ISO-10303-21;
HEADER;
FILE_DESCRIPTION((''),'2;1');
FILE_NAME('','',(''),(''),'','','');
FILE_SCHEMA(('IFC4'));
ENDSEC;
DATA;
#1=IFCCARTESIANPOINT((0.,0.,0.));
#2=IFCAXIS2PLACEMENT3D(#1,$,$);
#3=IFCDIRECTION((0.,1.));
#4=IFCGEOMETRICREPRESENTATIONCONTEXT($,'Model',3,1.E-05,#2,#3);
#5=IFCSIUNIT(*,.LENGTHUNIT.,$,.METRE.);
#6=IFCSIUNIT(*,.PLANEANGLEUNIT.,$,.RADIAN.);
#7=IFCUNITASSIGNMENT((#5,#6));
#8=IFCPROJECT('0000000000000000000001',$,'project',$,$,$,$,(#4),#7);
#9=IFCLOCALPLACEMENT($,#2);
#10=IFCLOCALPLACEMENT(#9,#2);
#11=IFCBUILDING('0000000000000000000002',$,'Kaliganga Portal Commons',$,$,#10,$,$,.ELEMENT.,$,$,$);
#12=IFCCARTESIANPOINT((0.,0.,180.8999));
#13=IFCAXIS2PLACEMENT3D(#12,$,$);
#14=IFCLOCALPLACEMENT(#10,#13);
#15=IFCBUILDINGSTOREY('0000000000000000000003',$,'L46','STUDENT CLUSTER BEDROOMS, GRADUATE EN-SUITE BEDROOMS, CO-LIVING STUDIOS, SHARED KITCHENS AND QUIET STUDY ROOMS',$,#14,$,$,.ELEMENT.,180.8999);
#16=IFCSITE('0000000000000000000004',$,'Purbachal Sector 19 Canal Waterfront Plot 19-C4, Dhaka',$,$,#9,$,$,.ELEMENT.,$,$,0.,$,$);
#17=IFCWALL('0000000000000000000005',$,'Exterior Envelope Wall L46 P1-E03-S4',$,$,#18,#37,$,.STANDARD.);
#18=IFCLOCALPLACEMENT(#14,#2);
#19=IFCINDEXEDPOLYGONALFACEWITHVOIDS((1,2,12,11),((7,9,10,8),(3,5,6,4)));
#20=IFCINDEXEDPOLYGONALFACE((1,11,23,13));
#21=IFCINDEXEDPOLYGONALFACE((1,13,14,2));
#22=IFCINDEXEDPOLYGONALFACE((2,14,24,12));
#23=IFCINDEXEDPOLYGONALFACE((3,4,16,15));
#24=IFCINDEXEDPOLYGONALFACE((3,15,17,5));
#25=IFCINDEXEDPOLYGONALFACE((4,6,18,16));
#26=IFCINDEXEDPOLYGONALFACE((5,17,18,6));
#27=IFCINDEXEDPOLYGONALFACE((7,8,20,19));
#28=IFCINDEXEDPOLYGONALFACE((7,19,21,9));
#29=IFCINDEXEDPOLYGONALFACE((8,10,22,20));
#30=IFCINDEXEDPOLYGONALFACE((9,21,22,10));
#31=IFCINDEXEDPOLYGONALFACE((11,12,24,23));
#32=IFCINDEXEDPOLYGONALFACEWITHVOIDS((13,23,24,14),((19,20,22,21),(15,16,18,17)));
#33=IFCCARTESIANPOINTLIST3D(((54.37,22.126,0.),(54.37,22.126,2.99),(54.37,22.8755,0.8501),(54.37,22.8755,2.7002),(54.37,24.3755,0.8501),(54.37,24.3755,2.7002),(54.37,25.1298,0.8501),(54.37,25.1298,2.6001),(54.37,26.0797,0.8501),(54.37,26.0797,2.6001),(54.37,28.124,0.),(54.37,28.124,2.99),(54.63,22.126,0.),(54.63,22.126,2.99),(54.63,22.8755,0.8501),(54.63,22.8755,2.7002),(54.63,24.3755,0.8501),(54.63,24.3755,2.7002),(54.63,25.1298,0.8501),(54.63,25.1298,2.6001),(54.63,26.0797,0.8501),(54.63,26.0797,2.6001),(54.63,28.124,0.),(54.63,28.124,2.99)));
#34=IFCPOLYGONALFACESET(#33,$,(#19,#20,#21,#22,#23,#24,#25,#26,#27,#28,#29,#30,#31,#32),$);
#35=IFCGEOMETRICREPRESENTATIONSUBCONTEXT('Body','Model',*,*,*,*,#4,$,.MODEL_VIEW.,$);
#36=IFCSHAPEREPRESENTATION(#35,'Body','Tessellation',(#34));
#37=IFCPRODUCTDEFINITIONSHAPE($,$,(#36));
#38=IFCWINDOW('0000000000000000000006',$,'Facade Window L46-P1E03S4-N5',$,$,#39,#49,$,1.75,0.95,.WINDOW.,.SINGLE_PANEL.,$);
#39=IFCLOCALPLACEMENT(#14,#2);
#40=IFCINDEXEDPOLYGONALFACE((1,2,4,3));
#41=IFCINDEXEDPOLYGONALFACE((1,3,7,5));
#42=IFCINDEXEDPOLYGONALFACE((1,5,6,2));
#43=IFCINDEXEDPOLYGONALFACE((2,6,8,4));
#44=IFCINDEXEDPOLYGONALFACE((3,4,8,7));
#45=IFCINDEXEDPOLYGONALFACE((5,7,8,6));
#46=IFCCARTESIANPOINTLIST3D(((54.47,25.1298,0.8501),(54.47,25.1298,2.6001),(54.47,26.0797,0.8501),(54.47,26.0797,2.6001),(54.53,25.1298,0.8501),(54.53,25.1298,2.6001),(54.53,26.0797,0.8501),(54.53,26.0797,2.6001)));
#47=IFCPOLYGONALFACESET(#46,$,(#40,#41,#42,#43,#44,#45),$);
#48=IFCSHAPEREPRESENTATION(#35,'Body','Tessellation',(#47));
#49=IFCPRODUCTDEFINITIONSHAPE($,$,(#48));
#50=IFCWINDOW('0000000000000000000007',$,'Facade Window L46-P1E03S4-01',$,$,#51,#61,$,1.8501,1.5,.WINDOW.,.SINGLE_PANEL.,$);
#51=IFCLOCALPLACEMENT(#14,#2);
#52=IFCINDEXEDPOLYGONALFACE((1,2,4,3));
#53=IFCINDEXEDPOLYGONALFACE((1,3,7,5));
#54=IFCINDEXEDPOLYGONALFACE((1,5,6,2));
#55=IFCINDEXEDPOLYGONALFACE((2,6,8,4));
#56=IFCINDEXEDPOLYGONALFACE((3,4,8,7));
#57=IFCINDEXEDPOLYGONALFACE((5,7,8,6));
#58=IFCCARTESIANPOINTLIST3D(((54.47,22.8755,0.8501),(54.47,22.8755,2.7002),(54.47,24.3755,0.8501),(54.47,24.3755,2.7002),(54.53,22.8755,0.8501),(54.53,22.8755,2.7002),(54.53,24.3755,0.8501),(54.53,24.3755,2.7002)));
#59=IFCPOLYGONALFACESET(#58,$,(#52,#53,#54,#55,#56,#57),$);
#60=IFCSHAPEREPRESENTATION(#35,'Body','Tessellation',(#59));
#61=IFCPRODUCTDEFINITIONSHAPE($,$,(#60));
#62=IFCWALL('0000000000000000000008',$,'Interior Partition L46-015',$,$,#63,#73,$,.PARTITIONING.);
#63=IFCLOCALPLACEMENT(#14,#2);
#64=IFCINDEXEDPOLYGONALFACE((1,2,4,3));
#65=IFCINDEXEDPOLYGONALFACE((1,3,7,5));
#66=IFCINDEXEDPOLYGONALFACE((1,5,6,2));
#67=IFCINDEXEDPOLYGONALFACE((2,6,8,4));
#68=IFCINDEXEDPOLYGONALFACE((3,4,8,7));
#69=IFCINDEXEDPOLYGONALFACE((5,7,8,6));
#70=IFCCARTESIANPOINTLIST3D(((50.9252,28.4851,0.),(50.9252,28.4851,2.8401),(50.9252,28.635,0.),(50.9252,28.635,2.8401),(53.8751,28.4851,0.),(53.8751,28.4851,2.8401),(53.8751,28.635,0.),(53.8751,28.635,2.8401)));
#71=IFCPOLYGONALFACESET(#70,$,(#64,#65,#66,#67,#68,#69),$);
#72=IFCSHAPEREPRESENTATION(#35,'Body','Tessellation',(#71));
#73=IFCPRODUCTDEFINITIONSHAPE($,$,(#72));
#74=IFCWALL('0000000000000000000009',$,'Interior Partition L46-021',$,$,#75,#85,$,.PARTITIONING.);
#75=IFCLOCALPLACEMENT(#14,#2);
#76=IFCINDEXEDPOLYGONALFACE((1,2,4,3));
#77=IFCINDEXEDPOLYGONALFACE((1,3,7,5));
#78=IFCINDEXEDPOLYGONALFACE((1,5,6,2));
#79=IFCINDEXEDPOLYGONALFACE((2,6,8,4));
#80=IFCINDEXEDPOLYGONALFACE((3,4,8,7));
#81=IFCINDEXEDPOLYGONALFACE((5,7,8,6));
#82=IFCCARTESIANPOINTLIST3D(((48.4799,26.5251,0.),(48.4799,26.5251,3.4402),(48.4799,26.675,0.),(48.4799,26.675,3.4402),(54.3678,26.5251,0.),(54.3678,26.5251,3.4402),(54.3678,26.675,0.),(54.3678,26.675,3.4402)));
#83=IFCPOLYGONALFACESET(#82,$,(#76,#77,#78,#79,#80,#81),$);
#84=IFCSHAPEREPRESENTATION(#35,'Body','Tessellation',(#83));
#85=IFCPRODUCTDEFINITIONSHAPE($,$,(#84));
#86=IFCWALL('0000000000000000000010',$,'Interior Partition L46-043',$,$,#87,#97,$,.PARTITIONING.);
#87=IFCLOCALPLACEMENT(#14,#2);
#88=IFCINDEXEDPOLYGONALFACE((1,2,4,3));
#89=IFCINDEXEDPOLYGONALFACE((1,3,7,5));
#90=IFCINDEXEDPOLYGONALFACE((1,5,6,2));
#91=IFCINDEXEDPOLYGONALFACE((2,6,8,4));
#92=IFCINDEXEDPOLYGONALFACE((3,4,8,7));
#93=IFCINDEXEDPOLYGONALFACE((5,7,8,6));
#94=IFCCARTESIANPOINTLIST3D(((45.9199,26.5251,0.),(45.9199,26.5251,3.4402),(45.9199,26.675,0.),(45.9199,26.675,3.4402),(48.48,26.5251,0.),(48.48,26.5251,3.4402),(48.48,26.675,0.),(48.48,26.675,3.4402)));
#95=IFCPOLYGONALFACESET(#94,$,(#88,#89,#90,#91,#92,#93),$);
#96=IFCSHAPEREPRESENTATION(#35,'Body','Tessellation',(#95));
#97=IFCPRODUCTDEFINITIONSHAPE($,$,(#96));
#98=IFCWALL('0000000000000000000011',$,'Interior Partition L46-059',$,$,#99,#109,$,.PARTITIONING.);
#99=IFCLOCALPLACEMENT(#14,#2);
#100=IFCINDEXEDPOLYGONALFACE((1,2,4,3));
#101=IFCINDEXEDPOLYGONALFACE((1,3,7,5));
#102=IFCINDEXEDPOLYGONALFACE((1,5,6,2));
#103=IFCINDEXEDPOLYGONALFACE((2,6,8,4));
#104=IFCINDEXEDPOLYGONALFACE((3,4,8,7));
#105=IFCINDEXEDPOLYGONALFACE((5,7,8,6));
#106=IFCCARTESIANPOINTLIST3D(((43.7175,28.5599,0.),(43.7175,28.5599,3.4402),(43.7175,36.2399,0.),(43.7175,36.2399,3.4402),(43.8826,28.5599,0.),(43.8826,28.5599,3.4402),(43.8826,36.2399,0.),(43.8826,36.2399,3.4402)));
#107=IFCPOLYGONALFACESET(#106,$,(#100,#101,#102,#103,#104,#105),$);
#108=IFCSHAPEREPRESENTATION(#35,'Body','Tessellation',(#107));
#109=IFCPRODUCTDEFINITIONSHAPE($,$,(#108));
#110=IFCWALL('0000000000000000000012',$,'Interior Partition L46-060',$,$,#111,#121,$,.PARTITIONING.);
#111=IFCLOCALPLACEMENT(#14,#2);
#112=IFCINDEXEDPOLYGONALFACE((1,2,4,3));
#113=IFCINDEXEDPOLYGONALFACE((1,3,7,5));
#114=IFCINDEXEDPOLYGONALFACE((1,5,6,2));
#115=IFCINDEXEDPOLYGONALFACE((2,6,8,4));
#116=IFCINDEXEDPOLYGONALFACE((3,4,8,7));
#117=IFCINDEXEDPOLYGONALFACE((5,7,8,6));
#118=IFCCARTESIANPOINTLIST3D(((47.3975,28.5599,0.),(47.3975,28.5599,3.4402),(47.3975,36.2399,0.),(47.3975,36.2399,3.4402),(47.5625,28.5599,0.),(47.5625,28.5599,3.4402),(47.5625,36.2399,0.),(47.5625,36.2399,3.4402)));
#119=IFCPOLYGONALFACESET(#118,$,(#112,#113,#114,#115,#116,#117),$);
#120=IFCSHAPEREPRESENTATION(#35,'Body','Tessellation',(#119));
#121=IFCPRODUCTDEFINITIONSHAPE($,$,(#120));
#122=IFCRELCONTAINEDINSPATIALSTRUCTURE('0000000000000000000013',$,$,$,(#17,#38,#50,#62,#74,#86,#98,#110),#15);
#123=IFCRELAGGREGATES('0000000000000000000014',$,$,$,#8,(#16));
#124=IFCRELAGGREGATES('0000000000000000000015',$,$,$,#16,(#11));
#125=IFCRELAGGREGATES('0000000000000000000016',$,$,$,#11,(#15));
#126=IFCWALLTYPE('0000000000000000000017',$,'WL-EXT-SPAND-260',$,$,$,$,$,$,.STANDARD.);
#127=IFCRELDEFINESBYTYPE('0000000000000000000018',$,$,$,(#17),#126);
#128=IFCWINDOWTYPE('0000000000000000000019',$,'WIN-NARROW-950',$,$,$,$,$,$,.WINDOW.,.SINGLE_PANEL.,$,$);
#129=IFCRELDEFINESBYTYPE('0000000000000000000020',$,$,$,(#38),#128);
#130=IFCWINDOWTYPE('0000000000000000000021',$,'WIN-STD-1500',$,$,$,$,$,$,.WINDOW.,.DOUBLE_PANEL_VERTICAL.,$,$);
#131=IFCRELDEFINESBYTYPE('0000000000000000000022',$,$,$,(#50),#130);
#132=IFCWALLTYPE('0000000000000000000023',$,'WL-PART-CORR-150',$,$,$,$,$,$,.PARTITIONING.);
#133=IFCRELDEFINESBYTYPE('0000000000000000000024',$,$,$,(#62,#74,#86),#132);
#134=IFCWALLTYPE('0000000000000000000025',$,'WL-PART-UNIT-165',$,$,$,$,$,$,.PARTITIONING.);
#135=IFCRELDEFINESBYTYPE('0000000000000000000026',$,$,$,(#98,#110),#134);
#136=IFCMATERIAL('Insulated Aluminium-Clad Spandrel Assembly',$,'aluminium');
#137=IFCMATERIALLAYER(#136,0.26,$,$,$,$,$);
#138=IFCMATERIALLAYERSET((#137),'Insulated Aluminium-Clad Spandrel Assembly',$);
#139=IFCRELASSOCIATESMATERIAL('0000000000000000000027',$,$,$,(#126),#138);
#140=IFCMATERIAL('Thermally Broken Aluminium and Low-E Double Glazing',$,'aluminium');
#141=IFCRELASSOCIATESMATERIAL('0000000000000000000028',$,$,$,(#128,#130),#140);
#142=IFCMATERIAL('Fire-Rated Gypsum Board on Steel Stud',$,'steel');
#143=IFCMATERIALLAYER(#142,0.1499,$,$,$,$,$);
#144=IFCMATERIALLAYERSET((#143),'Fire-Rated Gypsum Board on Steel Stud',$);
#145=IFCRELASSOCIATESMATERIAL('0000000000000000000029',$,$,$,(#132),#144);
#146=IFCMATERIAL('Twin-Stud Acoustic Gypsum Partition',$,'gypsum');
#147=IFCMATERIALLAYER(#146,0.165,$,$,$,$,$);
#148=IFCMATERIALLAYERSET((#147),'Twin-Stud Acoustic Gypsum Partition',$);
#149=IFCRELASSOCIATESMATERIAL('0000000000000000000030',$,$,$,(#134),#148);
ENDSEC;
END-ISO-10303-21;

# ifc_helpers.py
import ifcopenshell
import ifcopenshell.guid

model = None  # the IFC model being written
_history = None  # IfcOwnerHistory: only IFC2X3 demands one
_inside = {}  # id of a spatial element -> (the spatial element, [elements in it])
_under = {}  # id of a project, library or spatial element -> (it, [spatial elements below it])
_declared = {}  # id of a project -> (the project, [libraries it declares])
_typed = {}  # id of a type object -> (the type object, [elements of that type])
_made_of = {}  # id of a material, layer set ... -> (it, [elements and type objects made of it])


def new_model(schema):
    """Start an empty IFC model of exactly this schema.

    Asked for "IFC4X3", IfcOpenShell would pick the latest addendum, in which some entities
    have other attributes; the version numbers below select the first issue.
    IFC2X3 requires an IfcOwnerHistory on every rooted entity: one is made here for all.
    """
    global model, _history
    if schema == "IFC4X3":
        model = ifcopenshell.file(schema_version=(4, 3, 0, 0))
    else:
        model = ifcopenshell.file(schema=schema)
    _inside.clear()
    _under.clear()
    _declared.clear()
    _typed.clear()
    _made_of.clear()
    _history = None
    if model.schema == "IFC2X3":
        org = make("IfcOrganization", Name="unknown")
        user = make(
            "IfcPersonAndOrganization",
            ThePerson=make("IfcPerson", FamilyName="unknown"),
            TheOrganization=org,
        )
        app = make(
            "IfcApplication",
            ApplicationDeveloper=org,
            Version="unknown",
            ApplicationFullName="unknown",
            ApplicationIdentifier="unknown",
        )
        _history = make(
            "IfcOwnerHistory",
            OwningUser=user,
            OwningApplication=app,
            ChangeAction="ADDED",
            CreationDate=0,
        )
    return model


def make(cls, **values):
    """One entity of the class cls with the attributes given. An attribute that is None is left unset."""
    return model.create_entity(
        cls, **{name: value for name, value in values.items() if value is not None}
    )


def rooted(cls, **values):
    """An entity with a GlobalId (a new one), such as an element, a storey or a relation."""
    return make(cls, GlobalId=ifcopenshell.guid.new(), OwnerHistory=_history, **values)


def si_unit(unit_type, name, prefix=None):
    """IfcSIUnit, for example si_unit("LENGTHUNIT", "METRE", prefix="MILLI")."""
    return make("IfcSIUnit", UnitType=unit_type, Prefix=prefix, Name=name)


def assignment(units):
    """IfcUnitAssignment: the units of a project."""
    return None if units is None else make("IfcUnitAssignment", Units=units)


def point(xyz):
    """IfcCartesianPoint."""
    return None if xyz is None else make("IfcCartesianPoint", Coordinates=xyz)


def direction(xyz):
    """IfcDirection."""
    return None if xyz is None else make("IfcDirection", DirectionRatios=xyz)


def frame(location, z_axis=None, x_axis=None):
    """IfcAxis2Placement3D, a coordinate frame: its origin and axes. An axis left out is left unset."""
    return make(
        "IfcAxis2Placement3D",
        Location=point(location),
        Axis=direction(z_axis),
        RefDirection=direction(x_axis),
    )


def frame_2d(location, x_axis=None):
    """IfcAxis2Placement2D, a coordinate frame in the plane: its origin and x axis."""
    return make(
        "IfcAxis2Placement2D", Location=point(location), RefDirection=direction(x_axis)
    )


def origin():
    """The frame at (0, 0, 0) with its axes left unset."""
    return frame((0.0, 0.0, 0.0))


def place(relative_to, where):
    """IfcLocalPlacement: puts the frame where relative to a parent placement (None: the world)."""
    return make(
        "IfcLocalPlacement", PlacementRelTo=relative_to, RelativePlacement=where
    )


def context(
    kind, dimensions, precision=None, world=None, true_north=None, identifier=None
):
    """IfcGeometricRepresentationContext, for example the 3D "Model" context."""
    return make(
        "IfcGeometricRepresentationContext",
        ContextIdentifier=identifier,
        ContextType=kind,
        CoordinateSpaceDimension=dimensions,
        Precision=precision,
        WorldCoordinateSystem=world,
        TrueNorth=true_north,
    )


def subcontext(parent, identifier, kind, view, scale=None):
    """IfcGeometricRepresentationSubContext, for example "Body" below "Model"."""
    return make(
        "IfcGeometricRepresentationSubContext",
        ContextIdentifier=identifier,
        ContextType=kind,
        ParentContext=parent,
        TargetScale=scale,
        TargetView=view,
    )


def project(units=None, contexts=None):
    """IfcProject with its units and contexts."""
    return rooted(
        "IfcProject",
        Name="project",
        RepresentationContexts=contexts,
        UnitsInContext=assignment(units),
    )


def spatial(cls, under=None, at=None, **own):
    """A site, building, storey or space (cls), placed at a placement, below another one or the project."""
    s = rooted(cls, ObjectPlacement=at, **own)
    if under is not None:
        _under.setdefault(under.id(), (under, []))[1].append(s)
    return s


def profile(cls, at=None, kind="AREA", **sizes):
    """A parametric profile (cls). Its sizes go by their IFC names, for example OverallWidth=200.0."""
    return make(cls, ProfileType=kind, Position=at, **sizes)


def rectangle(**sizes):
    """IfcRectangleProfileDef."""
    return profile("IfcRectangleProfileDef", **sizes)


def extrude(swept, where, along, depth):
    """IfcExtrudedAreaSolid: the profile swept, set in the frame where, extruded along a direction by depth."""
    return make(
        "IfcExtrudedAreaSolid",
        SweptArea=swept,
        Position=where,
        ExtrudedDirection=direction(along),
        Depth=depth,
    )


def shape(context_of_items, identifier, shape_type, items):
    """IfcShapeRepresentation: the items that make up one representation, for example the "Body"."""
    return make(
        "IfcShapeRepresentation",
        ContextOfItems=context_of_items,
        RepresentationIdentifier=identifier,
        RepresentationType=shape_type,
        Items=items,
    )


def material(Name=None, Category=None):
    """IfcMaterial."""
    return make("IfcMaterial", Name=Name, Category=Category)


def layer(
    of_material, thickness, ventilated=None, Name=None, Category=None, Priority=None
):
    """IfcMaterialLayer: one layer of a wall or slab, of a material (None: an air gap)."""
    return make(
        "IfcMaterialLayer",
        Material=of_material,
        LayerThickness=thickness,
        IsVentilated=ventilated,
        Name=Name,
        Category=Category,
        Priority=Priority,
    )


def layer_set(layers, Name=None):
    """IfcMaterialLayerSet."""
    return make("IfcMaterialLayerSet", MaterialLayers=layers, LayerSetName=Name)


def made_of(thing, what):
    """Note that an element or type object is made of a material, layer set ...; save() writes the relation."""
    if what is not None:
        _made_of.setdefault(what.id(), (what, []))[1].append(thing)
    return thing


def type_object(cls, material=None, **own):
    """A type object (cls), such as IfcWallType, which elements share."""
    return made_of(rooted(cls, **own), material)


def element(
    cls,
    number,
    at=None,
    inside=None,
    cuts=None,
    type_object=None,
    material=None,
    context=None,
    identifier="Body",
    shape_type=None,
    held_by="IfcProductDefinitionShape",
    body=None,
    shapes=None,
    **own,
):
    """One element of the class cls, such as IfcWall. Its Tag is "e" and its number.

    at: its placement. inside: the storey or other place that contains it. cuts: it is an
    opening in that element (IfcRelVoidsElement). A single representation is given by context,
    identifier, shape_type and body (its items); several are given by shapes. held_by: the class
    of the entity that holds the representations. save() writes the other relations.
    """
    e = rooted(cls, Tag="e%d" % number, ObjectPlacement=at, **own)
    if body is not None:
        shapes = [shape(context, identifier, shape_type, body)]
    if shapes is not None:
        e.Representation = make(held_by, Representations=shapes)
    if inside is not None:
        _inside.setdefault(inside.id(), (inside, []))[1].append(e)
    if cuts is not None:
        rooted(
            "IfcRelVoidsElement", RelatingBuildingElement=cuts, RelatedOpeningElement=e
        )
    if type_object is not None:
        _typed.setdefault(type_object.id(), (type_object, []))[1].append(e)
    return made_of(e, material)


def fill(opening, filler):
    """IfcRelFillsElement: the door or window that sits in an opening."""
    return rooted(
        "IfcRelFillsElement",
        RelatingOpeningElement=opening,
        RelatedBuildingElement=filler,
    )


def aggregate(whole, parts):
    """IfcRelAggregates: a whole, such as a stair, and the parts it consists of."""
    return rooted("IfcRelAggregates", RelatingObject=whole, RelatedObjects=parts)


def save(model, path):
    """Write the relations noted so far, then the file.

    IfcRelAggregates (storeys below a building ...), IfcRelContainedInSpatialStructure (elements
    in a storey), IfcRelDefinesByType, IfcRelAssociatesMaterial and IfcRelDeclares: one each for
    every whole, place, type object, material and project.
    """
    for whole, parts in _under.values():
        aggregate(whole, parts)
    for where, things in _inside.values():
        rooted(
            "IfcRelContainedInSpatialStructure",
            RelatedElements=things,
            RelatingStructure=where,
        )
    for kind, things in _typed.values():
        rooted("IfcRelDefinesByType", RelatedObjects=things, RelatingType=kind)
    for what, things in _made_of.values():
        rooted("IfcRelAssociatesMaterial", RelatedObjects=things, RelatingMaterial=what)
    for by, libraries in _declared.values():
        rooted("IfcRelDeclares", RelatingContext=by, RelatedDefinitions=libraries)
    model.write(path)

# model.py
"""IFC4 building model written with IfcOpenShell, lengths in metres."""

from ifc_helpers import new_model, si_unit, direction, frame, frame_2d, origin, place, context, subcontext, project, spatial, rectangle, extrude, material, layer, layer_set, type_object, element, fill, save


model = new_model("IFC4")

# Units and contexts
model_context = context("Model", 3, precision=1e-05, world=origin(), true_north=direction((0.0, 1.0)))
body_context = subcontext(model_context, "Body", "Model", "MODEL_VIEW")
ifc_project = project(units=[si_unit("LENGTHUNIT", "METRE"), si_unit("PLANEANGLEUNIT", "RADIAN")], contexts=[model_context])

# Site, building, storey
site_placement = place(None, origin())
site = spatial("IfcSite", under=ifc_project, at=site_placement, Name="Purbachal Sector 19 Canal Waterfront Plot 19-C4, Dhaka", CompositionType="ELEMENT", RefElevation=0.0)
building_placement = place(site_placement, origin())
building = spatial("IfcBuilding", under=site, at=building_placement, Name="Kaliganga Portal Commons", CompositionType="ELEMENT")
storey_placement = place(building_placement, frame((0.0, 0.0, 180.8999)))
storey = spatial("IfcBuildingStorey", under=building, at=storey_placement, Name="L46", Description="STUDENT CLUSTER BEDROOMS, GRADUATE EN-SUITE BEDROOMS, CO-LIVING STUDIOS, SHARED KITCHENS AND QUIET STUDY ROOMS", CompositionType="ELEMENT", Elevation=180.8999)

# Wall, openings, windows
ifc_material_1 = material(Name="Insulated Aluminium-Clad Spandrel Assembly", Category="aluminium")
ifc_layer_1 = layer(ifc_material_1, 0.26)
ifc_layer_set_1 = layer_set([ifc_layer_1], Name="Insulated Aluminium-Clad Spandrel Assembly")
wall_type_1 = type_object("IfcWallType", Name="WL-EXT-SPAND-260", PredefinedType="STANDARD", material=ifc_layer_set_1)
wall_1_placement = place(storey_placement, frame((54.5, 28.124, 0.0), z_axis=(0.0, 0.0, 1.0), x_axis=(0.0, -1.0, 0.0)))
wall_1 = element("IfcWall", 1, at=wall_1_placement, inside=storey, type_object=wall_type_1, Name="Exterior Envelope Wall L46 P1-E03-S4", PredefinedType="STANDARD", context=body_context, shape_type="SweptSolid", body=[
    extrude(rectangle(XDim=5.998, YDim=0.26, at=frame_2d((2.999, 0.0))), origin(), (0.0, 0.0, 1.0), 2.99),
])
opening_1_placement = place(wall_1_placement, frame((3.7485, 0.0, 0.8501)))
opening_1 = element("IfcOpeningElement", 2, at=opening_1_placement, cuts=wall_1, PredefinedType="OPENING", context=body_context, shape_type="SweptSolid", body=[
    extrude(rectangle(XDim=1.5, YDim=1.8501, at=frame_2d((0.75, 0.925))), frame((0.0, 0.1401, 0.0), z_axis=(0.0, -1.0, 0.0), x_axis=(1.0, 0.0, 0.0)), (0.0, 0.0, 1.0), 0.28),
])
opening_2_placement = place(wall_1_placement, frame((2.0442, 0.0, 0.8501)))
opening_2 = element("IfcOpeningElement", 3, at=opening_2_placement, cuts=wall_1, PredefinedType="OPENING", context=body_context, shape_type="SweptSolid", body=[
    extrude(rectangle(XDim=0.95, YDim=1.75, at=frame_2d((0.4751, 0.875))), frame((0.0, 0.1401, 0.0), z_axis=(0.0, -1.0, 0.0), x_axis=(1.0, 0.0, 0.0)), (0.0, 0.0, 1.0), 0.28),
])
ifc_material_2 = material(Name="Thermally Broken Aluminium and Low-E Double Glazing", Category="aluminium")
window_type_1 = type_object("IfcWindowType", Name="WIN-NARROW-950", PartitioningType="SINGLE_PANEL", PredefinedType="WINDOW", material=ifc_material_2)
window_1_placement = place(opening_2_placement, origin())
window_1 = element("IfcWindow", 4, at=window_1_placement, inside=storey, type_object=window_type_1, Name="Facade Window L46-P1E03S4-N5", OverallHeight=1.75, OverallWidth=0.95, PartitioningType="SINGLE_PANEL", PredefinedType="WINDOW", context=body_context, shape_type="SweptSolid", body=[
    extrude(rectangle(XDim=0.95, YDim=1.75, at=frame_2d((0.4751, 0.875))), frame((0.0, 0.03, 0.0), z_axis=(0.0, -1.0, 0.0), x_axis=(1.0, 0.0, 0.0)), (0.0, 0.0, 1.0), 0.0601),
])
fill(opening_2, window_1)
window_type_2 = type_object("IfcWindowType", Name="WIN-STD-1500", PartitioningType="DOUBLE_PANEL_VERTICAL", PredefinedType="WINDOW", material=ifc_material_2)
window_2_placement = place(opening_1_placement, origin())
window_2 = element("IfcWindow", 5, at=window_2_placement, inside=storey, type_object=window_type_2, Name="Facade Window L46-P1E03S4-01", OverallHeight=1.8501, OverallWidth=1.5, PartitioningType="SINGLE_PANEL", PredefinedType="WINDOW", context=body_context, shape_type="SweptSolid", body=[
    extrude(rectangle(XDim=1.5, YDim=1.8501, at=frame_2d((0.75, 0.925))), frame((0.0, 0.03, 0.0), z_axis=(0.0, -1.0, 0.0), x_axis=(1.0, 0.0, 0.0)), (0.0, 0.0, 1.0), 0.0601),
])
fill(opening_1, window_2)

# Shared definitions
ifc_material_3 = material(Name="Fire-Rated Gypsum Board on Steel Stud", Category="steel")
ifc_layer_2 = layer(ifc_material_3, 0.1499)
ifc_layer_set_2 = layer_set([ifc_layer_2], Name="Fire-Rated Gypsum Board on Steel Stud")
wall_type_2 = type_object("IfcWallType", Name="WL-PART-CORR-150", PredefinedType="PARTITIONING", material=ifc_layer_set_2)

# Walls
wall_2_placement = place(storey_placement, frame((50.925, 28.5601, 0.0), z_axis=(0.0, 0.0, 1.0), x_axis=(1.0, 0.0, 0.0)))
element("IfcWall", 6, at=wall_2_placement, inside=storey, type_object=wall_type_2, Name="Interior Partition L46-015", PredefinedType="PARTITIONING", context=body_context, shape_type="SweptSolid", body=[
    extrude(rectangle(XDim=2.95, YDim=0.1499, at=frame_2d((1.4751, 0.0))), origin(), (0.0, 0.0, 1.0), 2.8401),
])
wall_3_placement = place(storey_placement, frame((48.48, 26.6001, 0.0), z_axis=(0.0, 0.0, 1.0), x_axis=(1.0, 0.0, 0.0)))
element("IfcWall", 7, at=wall_3_placement, inside=storey, type_object=wall_type_2, Name="Interior Partition L46-021", PredefinedType="PARTITIONING", context=body_context, shape_type="SweptSolid", body=[
    extrude(rectangle(XDim=5.8879, YDim=0.1499, at=frame_2d((2.9438, 0.0))), origin(), (0.0, 0.0, 1.0), 3.4402),
])

# Walls
wall_4_placement = place(storey_placement, frame((45.9199, 26.6001, 0.0), z_axis=(0.0, 0.0, 1.0), x_axis=(1.0, 0.0, 0.0)))
element("IfcWall", 8, at=wall_4_placement, inside=storey, type_object=wall_type_2, Name="Interior Partition L46-043", PredefinedType="PARTITIONING", context=body_context, shape_type="SweptSolid", body=[
    extrude(rectangle(XDim=2.5601, YDim=0.1499, at=frame_2d((1.28, 0.0))), origin(), (0.0, 0.0, 1.0), 3.4402),
])
ifc_material_4 = material(Name="Twin-Stud Acoustic Gypsum Partition", Category="gypsum")
ifc_layer_3 = layer(ifc_material_4, 0.165)
ifc_layer_set_3 = layer_set([ifc_layer_3], Name="Twin-Stud Acoustic Gypsum Partition")
wall_type_3 = type_object("IfcWallType", Name="WL-PART-UNIT-165", PredefinedType="PARTITIONING", material=ifc_layer_set_3)
for number, where, z_axis, x_axis, name in (
    (9, (43.8, 28.5601, 0.0), (0.0, 0.0, 1.0), (0.0, 1.0, 0.0), "Interior Partition L46-059"),
    (10, (47.48, 28.5601, 0.0), (0.0, 0.0, 1.0), (0.0, 1.0, 0.0), "Interior Partition L46-060"),
):
    element("IfcWall", number, at=place(storey_placement, frame(where, z_axis=z_axis, x_axis=x_axis)), inside=storey, type_object=wall_type_3, Name=name, PredefinedType="PARTITIONING", context=body_context, shape_type="SweptSolid", body=[
        extrude(rectangle(XDim=7.6799, YDim=0.165, at=frame_2d((3.8398, 0.0))), origin(), (0.0, 0.0, 1.0), 3.4402),
    ])

save(model, "model.ifc")
